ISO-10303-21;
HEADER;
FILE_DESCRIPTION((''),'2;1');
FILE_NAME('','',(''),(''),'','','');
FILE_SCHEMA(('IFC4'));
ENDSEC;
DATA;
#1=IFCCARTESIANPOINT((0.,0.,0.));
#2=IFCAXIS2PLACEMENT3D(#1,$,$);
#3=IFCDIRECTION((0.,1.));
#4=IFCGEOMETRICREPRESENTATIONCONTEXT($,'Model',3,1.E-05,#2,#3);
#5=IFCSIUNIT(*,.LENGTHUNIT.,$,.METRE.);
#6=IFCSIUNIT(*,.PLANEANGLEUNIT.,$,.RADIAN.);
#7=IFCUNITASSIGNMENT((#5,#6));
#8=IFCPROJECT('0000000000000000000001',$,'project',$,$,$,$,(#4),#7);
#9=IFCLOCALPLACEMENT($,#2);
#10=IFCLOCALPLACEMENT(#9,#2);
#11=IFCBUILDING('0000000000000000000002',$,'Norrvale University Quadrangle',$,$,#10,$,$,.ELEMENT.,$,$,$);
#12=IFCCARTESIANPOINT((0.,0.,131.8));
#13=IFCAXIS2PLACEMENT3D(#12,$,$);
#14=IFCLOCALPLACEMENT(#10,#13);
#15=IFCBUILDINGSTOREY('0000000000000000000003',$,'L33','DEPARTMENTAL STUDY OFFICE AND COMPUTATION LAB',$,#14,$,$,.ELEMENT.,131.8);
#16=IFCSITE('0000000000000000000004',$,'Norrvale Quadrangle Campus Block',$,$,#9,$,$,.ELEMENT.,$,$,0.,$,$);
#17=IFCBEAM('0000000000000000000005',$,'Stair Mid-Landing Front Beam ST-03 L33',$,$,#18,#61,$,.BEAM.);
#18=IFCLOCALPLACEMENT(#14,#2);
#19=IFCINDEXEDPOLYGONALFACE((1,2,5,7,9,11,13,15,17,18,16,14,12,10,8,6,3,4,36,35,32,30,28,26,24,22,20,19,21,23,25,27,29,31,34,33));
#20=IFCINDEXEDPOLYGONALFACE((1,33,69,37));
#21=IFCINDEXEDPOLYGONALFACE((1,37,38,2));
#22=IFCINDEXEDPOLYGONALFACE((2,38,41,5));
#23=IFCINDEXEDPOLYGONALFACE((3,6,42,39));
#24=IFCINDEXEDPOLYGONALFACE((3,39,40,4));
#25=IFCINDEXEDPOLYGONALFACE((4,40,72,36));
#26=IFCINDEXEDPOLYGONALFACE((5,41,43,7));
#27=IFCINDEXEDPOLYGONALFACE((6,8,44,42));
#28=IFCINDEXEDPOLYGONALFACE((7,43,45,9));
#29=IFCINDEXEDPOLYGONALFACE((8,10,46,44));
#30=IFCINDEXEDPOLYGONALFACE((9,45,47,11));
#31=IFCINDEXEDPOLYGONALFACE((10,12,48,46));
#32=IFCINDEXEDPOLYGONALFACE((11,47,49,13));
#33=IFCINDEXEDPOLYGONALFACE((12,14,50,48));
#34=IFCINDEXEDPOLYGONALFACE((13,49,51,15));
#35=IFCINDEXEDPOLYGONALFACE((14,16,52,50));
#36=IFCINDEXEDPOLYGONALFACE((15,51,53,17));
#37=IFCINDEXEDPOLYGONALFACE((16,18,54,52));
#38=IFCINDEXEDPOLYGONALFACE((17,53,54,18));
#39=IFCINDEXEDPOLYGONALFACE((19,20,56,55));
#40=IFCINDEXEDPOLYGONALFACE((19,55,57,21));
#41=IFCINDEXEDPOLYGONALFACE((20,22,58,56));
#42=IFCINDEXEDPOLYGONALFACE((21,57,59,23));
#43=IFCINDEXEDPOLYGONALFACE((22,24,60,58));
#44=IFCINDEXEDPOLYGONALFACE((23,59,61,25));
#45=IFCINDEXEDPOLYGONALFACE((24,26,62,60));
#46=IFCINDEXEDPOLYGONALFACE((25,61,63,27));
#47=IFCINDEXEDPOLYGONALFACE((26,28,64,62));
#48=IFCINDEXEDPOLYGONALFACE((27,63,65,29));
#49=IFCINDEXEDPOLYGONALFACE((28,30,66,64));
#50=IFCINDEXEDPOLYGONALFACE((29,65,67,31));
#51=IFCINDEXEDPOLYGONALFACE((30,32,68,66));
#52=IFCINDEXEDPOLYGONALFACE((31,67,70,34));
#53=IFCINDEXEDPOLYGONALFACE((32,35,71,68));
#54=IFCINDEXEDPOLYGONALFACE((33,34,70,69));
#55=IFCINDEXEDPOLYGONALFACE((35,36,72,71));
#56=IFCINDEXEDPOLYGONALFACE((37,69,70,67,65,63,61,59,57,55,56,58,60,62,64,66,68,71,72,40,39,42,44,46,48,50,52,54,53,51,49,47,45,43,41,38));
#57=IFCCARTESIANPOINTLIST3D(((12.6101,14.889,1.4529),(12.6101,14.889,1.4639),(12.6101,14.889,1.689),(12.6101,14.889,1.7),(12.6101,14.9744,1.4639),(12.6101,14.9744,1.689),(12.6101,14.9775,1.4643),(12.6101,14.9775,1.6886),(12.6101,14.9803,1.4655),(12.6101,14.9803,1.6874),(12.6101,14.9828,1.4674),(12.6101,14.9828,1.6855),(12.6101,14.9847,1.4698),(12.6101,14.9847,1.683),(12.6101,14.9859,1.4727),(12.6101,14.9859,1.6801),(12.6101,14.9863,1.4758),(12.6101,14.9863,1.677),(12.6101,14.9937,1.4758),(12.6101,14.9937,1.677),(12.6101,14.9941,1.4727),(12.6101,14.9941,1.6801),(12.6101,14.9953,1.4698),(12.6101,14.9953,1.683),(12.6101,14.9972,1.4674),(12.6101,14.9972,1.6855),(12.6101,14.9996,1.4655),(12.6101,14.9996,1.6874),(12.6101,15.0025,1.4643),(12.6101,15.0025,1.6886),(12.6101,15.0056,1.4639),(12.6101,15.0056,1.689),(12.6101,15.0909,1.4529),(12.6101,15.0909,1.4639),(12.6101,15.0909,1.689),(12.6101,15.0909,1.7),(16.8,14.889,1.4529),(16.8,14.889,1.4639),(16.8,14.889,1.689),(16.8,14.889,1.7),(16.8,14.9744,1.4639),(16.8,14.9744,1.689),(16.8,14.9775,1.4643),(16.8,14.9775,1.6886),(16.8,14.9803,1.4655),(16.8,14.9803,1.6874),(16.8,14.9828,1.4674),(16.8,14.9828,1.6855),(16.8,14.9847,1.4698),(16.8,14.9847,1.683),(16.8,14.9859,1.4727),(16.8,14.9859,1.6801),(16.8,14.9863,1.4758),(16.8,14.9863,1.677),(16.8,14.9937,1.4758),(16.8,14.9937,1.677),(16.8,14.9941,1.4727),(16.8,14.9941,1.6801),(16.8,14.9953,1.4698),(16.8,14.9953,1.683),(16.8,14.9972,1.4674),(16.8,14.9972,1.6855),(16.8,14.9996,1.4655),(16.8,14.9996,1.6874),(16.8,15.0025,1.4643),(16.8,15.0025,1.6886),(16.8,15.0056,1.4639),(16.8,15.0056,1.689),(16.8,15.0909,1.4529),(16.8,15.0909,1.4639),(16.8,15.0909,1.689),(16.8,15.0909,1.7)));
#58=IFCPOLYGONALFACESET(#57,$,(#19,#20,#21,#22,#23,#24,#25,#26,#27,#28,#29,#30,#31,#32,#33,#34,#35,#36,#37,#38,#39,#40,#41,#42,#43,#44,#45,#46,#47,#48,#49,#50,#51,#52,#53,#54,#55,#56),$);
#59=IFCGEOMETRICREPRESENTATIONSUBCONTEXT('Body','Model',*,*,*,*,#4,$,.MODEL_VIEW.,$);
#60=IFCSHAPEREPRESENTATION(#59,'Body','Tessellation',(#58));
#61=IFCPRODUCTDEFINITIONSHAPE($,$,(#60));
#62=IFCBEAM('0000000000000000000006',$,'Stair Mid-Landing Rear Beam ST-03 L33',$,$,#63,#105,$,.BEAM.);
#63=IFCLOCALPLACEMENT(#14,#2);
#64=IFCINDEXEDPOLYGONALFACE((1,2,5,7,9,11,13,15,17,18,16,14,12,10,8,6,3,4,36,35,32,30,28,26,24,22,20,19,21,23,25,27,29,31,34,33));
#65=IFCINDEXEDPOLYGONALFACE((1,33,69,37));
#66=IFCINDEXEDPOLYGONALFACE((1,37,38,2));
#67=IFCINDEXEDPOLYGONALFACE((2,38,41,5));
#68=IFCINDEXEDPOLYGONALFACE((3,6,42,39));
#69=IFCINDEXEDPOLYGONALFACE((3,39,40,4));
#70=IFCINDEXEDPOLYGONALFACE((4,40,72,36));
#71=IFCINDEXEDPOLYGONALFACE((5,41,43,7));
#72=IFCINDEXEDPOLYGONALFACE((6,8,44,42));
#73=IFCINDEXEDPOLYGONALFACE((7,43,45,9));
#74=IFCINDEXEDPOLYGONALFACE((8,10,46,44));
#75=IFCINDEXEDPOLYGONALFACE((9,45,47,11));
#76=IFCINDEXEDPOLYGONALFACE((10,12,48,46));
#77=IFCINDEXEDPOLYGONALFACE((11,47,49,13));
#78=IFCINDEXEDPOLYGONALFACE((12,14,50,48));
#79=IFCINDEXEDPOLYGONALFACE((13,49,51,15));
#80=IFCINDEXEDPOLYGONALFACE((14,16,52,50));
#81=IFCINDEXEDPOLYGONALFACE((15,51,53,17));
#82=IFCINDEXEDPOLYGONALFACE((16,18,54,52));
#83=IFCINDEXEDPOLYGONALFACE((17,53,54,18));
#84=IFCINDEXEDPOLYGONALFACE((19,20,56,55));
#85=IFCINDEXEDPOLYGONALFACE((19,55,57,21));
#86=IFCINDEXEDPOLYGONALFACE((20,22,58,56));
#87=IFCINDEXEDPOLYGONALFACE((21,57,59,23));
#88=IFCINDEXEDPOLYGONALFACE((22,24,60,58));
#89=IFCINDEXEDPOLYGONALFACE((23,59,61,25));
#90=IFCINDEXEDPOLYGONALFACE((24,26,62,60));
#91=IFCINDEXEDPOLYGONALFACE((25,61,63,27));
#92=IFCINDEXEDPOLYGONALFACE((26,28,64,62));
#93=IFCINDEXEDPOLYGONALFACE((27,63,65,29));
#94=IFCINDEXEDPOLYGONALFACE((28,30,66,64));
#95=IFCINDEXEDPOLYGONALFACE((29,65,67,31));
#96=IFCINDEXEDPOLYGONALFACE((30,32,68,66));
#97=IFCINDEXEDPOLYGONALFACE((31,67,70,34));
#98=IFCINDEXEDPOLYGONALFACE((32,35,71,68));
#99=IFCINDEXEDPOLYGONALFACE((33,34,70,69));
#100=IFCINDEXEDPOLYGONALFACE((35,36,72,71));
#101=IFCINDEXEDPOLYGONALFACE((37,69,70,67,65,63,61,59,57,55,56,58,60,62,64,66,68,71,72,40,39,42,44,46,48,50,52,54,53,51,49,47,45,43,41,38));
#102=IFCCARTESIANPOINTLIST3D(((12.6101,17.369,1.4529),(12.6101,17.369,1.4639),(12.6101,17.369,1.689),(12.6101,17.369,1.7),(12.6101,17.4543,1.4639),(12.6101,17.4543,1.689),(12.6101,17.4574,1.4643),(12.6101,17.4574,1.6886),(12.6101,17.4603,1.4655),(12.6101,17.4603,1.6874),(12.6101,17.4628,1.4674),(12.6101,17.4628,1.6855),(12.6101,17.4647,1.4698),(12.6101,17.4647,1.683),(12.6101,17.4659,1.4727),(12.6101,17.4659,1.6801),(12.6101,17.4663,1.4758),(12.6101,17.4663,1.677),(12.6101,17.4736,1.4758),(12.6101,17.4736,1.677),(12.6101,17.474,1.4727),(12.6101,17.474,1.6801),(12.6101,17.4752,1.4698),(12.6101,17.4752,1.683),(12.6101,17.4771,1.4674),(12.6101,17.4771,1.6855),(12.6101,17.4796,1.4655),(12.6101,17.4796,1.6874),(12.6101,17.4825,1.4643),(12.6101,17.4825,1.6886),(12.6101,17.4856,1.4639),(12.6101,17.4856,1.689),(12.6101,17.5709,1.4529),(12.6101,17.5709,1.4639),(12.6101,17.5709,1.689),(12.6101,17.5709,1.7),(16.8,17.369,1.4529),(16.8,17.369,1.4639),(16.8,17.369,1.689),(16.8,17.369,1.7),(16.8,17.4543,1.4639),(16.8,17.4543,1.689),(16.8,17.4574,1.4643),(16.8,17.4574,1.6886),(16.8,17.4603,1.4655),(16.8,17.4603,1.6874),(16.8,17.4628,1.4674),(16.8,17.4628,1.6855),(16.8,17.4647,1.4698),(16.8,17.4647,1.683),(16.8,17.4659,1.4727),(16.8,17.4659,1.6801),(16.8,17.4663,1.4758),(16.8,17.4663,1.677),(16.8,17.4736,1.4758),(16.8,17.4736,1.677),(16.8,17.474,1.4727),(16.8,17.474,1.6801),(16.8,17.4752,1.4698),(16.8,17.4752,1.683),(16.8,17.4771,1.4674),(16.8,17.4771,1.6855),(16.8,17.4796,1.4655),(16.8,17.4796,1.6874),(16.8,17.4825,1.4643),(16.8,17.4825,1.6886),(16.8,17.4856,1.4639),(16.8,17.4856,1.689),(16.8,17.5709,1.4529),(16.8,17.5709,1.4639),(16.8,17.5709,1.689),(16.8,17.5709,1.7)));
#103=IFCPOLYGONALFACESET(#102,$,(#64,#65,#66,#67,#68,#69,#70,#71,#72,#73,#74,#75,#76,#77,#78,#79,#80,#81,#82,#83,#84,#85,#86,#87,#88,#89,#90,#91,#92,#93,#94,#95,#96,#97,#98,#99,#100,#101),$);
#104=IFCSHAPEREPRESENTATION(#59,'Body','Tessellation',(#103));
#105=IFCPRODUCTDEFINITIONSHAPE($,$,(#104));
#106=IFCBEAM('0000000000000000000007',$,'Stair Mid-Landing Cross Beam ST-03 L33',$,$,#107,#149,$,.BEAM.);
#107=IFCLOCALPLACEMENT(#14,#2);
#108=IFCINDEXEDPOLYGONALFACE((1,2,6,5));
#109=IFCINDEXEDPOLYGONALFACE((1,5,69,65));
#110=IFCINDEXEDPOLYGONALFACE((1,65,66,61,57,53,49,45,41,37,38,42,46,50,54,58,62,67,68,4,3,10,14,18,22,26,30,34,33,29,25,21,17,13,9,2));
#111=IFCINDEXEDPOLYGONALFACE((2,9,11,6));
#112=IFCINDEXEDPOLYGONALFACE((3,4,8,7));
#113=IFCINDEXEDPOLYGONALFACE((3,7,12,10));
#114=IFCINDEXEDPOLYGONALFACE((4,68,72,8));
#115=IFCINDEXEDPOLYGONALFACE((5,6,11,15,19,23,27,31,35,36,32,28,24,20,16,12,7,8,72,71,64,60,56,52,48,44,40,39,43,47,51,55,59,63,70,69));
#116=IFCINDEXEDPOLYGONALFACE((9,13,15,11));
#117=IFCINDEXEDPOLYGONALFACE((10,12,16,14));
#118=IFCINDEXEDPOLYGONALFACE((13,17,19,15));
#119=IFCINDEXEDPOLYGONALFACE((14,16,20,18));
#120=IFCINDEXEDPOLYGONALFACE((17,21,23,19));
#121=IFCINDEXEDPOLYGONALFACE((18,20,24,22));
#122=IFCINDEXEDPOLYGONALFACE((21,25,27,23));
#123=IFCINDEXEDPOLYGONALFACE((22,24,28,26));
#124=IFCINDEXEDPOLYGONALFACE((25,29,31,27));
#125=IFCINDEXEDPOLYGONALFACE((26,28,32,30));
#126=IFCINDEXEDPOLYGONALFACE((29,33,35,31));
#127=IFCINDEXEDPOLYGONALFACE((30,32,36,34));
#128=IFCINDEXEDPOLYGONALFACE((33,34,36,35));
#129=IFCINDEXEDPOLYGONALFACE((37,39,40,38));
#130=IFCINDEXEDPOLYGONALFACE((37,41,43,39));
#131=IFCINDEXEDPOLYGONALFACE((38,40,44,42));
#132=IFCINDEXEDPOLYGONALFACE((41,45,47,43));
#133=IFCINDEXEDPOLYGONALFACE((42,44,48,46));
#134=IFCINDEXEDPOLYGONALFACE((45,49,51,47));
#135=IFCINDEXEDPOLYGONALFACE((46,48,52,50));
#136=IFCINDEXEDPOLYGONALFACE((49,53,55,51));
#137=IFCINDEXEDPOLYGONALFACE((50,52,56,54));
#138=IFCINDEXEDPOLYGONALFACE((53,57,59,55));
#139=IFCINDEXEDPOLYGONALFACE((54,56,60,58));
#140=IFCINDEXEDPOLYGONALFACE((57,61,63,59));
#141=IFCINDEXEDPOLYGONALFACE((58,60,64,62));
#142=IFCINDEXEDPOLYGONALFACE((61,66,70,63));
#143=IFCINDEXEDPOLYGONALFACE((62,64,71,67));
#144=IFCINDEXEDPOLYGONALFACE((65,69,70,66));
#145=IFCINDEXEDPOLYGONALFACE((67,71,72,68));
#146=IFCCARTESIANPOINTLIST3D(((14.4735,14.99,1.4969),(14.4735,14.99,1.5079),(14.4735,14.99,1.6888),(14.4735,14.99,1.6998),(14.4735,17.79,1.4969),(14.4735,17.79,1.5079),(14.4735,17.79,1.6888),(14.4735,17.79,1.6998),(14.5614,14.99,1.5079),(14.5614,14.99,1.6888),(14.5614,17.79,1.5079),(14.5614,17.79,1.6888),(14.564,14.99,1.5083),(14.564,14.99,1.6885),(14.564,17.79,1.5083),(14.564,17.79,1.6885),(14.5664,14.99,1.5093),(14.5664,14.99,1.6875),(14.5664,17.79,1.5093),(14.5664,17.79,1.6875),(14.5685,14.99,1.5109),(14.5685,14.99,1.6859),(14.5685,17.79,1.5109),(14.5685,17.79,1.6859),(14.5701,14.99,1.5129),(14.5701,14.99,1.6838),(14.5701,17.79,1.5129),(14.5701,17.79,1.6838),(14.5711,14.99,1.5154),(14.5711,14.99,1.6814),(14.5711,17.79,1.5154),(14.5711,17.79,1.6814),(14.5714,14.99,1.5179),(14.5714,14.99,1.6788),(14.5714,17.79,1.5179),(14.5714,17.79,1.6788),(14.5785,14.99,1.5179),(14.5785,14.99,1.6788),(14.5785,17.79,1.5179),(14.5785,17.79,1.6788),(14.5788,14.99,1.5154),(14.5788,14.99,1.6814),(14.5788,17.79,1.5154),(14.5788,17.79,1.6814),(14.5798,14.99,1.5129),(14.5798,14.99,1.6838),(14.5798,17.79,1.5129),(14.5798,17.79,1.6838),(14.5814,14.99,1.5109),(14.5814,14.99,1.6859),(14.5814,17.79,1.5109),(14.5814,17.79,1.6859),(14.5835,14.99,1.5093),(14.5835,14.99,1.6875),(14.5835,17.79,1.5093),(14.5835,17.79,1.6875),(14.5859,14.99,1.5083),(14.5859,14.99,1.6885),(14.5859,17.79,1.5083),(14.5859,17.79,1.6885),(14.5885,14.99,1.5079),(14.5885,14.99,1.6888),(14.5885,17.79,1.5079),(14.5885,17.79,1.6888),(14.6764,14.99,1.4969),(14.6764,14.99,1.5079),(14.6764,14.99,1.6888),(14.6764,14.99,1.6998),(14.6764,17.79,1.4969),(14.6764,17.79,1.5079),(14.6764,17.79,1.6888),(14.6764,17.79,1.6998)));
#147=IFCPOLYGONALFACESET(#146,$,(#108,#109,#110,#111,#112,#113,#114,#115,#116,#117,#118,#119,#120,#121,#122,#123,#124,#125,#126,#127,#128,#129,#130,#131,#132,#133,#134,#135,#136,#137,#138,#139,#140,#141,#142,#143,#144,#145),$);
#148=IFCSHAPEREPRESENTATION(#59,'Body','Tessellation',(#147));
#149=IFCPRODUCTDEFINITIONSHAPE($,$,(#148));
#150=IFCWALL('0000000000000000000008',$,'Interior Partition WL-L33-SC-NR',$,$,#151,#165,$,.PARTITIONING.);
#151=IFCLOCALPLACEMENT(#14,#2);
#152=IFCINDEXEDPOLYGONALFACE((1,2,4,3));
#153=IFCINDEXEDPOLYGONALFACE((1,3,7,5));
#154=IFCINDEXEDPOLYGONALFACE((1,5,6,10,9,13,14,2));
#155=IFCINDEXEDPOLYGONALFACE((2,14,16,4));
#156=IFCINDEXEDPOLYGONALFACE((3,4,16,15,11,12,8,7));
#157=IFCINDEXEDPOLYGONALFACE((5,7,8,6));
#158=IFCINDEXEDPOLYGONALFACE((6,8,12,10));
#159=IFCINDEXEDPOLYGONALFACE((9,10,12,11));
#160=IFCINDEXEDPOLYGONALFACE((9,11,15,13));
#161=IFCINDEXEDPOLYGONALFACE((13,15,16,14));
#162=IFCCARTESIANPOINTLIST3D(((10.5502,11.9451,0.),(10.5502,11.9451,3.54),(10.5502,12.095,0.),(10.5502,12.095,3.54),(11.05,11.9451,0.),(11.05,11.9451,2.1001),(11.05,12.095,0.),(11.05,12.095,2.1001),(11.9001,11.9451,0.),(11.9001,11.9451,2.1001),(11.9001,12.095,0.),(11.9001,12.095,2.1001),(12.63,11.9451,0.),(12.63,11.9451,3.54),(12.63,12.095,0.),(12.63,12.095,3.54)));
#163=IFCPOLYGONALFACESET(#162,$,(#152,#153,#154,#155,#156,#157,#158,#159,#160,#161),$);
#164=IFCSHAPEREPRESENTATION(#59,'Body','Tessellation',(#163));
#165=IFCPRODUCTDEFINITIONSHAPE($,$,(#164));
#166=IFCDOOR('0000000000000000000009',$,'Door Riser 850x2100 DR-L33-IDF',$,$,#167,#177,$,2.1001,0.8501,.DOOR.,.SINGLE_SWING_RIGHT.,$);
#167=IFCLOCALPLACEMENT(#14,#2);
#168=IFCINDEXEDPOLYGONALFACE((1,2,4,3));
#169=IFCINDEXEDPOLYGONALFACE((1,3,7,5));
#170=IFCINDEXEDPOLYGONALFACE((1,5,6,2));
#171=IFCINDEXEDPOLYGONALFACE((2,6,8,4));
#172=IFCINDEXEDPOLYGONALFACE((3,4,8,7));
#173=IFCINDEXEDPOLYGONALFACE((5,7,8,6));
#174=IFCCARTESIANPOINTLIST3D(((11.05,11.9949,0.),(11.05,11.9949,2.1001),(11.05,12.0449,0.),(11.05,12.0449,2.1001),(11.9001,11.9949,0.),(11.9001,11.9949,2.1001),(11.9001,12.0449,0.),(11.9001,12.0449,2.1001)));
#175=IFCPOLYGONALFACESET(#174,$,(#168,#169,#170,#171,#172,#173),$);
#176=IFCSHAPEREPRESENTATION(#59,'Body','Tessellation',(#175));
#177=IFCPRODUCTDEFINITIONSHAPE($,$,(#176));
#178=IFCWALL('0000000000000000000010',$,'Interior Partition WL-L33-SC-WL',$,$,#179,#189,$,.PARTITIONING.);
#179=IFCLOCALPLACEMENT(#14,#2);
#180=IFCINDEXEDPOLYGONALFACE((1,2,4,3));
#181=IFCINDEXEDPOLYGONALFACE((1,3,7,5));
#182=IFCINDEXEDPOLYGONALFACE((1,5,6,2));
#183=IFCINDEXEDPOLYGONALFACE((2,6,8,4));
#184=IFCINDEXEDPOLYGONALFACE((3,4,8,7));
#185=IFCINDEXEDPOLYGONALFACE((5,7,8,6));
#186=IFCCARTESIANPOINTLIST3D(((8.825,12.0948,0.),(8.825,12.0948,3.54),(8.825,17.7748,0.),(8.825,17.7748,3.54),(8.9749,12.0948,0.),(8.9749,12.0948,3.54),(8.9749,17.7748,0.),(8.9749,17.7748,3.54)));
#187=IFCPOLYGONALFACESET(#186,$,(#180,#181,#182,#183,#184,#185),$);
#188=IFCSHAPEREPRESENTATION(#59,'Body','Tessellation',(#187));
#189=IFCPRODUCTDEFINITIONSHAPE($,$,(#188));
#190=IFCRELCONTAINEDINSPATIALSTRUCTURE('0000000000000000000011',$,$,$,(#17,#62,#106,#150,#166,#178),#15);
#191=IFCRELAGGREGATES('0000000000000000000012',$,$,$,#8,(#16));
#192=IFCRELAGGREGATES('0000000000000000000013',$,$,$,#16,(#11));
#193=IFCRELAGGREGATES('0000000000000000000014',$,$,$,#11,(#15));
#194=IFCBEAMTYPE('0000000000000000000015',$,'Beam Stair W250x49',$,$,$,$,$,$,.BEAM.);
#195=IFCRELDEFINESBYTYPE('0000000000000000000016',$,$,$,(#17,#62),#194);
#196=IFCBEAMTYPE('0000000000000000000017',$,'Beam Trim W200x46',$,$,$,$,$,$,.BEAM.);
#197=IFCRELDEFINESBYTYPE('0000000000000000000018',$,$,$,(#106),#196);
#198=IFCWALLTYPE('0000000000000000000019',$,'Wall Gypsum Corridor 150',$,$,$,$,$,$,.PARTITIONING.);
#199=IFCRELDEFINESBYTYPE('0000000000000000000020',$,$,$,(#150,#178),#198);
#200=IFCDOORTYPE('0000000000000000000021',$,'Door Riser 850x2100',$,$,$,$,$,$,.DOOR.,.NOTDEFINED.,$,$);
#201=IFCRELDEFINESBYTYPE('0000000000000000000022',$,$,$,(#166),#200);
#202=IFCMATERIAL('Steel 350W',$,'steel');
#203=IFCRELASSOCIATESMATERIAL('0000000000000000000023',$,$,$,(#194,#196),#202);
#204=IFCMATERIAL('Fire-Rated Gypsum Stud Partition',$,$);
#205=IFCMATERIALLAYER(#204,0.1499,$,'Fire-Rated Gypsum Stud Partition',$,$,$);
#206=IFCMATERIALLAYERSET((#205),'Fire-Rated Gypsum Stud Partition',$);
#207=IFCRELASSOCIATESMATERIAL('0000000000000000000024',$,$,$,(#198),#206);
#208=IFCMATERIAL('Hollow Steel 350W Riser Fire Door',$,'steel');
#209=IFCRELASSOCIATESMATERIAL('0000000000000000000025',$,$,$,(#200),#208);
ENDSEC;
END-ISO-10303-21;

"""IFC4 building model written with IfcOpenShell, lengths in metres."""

from ifc_helpers import new_model, si_unit, direction, frame, frame_2d, origin, origin_2d, place, context, subcontext, project, spatial, rectangle, i_section, extrude, material, layer, layer_set, material_profile, profile_set, type_object, element, fill, save


model = new_model("IFC4")

# Units and contexts
model_context = context("Model", 3, precision=1e-05, world=origin(), true_north=direction((0.0, 1.0)))
body_context = subcontext(model_context, "Body", "Model", "MODEL_VIEW")
ifc_project = project(units=[si_unit("LENGTHUNIT", "METRE"), si_unit("PLANEANGLEUNIT", "RADIAN")], contexts=[model_context])

# Site, building, storey
site_placement = place(None, origin())
site = spatial("IfcSite", under=ifc_project, at=site_placement, Name="Norrvale Quadrangle Campus Block", CompositionType="ELEMENT", RefElevation=0.0)
building_placement = place(site_placement, origin())
building = spatial("IfcBuilding", under=site, at=building_placement, Name="Norrvale University Quadrangle", CompositionType="ELEMENT")
storey_placement = place(building_placement, frame((0.0, 0.0, 131.8)))
storey = spatial("IfcBuildingStorey", under=building, at=storey_placement, Name="L33", Description="DEPARTMENTAL STUDY OFFICE AND COMPUTATION LAB", CompositionType="ELEMENT", Elevation=131.8)

# Beams
ifc_material_1 = material(Name="Steel 350W", Category="steel")
ifc_material_profile_1 = material_profile(ifc_material_1, i_section(OverallWidth=0.2019, OverallDepth=0.2471, WebThickness=0.0073, FlangeThickness=0.011, FilletRadius=0.012, at=origin_2d()), Name="Steel 350W")
ifc_profile_set_1 = profile_set([ifc_material_profile_1], Name="Steel 350W")
beam_type_1 = type_object("IfcBeamType", Name="Beam Stair W250x49", PredefinedType="BEAM", material=ifc_profile_set_1)
for number, where, z_axis, x_axis, name in (
    (1, (12.6101, 14.99, 1.5764), (1.0, 0.0, 0.0), (0.0, 1.0, 0.0), "Stair Mid-Landing Front Beam ST-03 L33"),
    (2, (12.6101, 17.47, 1.5764), (1.0, 0.0, 0.0), (0.0, 1.0, 0.0), "Stair Mid-Landing Rear Beam ST-03 L33"),
):
    element("IfcBeam", number, at=place(storey_placement, frame(where, z_axis=z_axis, x_axis=x_axis)), inside=storey, type_object=beam_type_1, Name=name, PredefinedType="BEAM", context=body_context, shape_type="SweptSolid", body=[
        extrude(i_section(OverallWidth=0.2019, OverallDepth=0.2471, WebThickness=0.0073, FlangeThickness=0.011, FilletRadius=0.012, at=origin_2d()), origin(), (0.0, 0.0, 1.0), 4.1899),
    ])
ifc_material_profile_2 = material_profile(ifc_material_1, i_section(OverallWidth=0.2029, OverallDepth=0.2029, WebThickness=0.0071, FlangeThickness=0.011, FilletRadius=0.01, at=origin_2d()), Name="Steel 350W")
ifc_profile_set_2 = profile_set([ifc_material_profile_2], Name="Steel 350W")
beam_type_2 = type_object("IfcBeamType", Name="Beam Trim W200x46", PredefinedType="BEAM", material=ifc_profile_set_2)
beam_placement = place(storey_placement, frame((14.575, 14.99, 1.5984), z_axis=(0.0, 1.0, 0.0), x_axis=(-1.0, 0.0, 0.0)))
element("IfcBeam", 3, at=beam_placement, inside=storey, type_object=beam_type_2, Name="Stair Mid-Landing Cross Beam ST-03 L33", PredefinedType="BEAM", context=body_context, shape_type="SweptSolid", body=[
    extrude(i_section(OverallWidth=0.2029, OverallDepth=0.2029, WebThickness=0.0071, FlangeThickness=0.011, FilletRadius=0.01, at=origin_2d()), origin(), (0.0, 0.0, 1.0), 2.8),
])

# Wall, opening, door
ifc_material_2 = material(Name="Fire-Rated Gypsum Stud Partition")
ifc_layer_1 = layer(ifc_material_2, 0.1499, Name="Fire-Rated Gypsum Stud Partition")
ifc_layer_set_1 = layer_set([ifc_layer_1], Name="Fire-Rated Gypsum Stud Partition")
wall_type_1 = type_object("IfcWallType", Name="Wall Gypsum Corridor 150", PredefinedType="PARTITIONING", material=ifc_layer_set_1)
wall_1_placement = place(storey_placement, frame((10.55, 12.02, 0.0), z_axis=(0.0, 0.0, 1.0), x_axis=(1.0, 0.0, 0.0)))
wall_1 = element("IfcWall", 4, at=wall_1_placement, inside=storey, type_object=wall_type_1, Name="Interior Partition WL-L33-SC-NR", PredefinedType="PARTITIONING", context=body_context, shape_type="SweptSolid", body=[
    extrude(rectangle(XDim=2.0798, YDim=0.1499, at=frame_2d((1.04, 0.0))), origin(), (0.0, 0.0, 1.0), 3.54),
])
opening_1_placement = place(wall_1_placement, frame((0.5, 0.0, 0.0)))
opening_1 = element("IfcOpeningElement", 5, at=opening_1_placement, cuts=wall_1, PredefinedType="OPENING", context=body_context, shape_type="SweptSolid", body=[
    extrude(rectangle(XDim=0.8501, YDim=2.1001, at=frame_2d((0.425, 1.05))), frame((0.0, 0.0869, 0.0), z_axis=(0.0, -1.0, 0.0), x_axis=(1.0, 0.0, 0.0)), (0.0, 0.0, 1.0), 0.1738),
])
ifc_material_3 = material(Name="Hollow Steel 350W Riser Fire Door", Category="steel")
door_type_1 = type_object("IfcDoorType", Name="Door Riser 850x2100", OperationType="NOTDEFINED", PredefinedType="DOOR", material=ifc_material_3)
door_1_placement = place(opening_1_placement, origin())
door_1 = element("IfcDoor", 6, at=door_1_placement, inside=storey, type_object=door_type_1, Name="Door Riser 850x2100 DR-L33-IDF", OperationType="SINGLE_SWING_RIGHT", OverallHeight=2.1001, OverallWidth=0.8501, PredefinedType="DOOR", context=body_context, shape_type="SweptSolid", body=[
    extrude(rectangle(XDim=0.8501, YDim=2.1001, at=frame_2d((0.425, 1.05))), frame((0.0, 0.0249, 0.0), z_axis=(0.0, -1.0, 0.0), x_axis=(1.0, 0.0, 0.0)), (0.0, 0.0, 1.0), 0.05),
])
fill(opening_1, door_1)

# Wall
for number, where, z_axis, x_axis, name in (
    (7, (8.8999, 12.095, 0.0), (0.0, 0.0, 1.0), (0.0, 1.0, 0.0), "Interior Partition WL-L33-SC-WL"),
):
    element("IfcWall", number, at=place(storey_placement, frame(where, z_axis=z_axis, x_axis=x_axis)), inside=storey, type_object=wall_type_1, Name=name, PredefinedType="PARTITIONING", context=body_context, shape_type="SweptSolid", body=[
        extrude(rectangle(XDim=5.6799, YDim=0.1499, at=frame_2d((2.8398, 0.0))), origin(), (0.0, 0.0, 1.0), 3.54),
    ])

save(model, "model.ifc")
